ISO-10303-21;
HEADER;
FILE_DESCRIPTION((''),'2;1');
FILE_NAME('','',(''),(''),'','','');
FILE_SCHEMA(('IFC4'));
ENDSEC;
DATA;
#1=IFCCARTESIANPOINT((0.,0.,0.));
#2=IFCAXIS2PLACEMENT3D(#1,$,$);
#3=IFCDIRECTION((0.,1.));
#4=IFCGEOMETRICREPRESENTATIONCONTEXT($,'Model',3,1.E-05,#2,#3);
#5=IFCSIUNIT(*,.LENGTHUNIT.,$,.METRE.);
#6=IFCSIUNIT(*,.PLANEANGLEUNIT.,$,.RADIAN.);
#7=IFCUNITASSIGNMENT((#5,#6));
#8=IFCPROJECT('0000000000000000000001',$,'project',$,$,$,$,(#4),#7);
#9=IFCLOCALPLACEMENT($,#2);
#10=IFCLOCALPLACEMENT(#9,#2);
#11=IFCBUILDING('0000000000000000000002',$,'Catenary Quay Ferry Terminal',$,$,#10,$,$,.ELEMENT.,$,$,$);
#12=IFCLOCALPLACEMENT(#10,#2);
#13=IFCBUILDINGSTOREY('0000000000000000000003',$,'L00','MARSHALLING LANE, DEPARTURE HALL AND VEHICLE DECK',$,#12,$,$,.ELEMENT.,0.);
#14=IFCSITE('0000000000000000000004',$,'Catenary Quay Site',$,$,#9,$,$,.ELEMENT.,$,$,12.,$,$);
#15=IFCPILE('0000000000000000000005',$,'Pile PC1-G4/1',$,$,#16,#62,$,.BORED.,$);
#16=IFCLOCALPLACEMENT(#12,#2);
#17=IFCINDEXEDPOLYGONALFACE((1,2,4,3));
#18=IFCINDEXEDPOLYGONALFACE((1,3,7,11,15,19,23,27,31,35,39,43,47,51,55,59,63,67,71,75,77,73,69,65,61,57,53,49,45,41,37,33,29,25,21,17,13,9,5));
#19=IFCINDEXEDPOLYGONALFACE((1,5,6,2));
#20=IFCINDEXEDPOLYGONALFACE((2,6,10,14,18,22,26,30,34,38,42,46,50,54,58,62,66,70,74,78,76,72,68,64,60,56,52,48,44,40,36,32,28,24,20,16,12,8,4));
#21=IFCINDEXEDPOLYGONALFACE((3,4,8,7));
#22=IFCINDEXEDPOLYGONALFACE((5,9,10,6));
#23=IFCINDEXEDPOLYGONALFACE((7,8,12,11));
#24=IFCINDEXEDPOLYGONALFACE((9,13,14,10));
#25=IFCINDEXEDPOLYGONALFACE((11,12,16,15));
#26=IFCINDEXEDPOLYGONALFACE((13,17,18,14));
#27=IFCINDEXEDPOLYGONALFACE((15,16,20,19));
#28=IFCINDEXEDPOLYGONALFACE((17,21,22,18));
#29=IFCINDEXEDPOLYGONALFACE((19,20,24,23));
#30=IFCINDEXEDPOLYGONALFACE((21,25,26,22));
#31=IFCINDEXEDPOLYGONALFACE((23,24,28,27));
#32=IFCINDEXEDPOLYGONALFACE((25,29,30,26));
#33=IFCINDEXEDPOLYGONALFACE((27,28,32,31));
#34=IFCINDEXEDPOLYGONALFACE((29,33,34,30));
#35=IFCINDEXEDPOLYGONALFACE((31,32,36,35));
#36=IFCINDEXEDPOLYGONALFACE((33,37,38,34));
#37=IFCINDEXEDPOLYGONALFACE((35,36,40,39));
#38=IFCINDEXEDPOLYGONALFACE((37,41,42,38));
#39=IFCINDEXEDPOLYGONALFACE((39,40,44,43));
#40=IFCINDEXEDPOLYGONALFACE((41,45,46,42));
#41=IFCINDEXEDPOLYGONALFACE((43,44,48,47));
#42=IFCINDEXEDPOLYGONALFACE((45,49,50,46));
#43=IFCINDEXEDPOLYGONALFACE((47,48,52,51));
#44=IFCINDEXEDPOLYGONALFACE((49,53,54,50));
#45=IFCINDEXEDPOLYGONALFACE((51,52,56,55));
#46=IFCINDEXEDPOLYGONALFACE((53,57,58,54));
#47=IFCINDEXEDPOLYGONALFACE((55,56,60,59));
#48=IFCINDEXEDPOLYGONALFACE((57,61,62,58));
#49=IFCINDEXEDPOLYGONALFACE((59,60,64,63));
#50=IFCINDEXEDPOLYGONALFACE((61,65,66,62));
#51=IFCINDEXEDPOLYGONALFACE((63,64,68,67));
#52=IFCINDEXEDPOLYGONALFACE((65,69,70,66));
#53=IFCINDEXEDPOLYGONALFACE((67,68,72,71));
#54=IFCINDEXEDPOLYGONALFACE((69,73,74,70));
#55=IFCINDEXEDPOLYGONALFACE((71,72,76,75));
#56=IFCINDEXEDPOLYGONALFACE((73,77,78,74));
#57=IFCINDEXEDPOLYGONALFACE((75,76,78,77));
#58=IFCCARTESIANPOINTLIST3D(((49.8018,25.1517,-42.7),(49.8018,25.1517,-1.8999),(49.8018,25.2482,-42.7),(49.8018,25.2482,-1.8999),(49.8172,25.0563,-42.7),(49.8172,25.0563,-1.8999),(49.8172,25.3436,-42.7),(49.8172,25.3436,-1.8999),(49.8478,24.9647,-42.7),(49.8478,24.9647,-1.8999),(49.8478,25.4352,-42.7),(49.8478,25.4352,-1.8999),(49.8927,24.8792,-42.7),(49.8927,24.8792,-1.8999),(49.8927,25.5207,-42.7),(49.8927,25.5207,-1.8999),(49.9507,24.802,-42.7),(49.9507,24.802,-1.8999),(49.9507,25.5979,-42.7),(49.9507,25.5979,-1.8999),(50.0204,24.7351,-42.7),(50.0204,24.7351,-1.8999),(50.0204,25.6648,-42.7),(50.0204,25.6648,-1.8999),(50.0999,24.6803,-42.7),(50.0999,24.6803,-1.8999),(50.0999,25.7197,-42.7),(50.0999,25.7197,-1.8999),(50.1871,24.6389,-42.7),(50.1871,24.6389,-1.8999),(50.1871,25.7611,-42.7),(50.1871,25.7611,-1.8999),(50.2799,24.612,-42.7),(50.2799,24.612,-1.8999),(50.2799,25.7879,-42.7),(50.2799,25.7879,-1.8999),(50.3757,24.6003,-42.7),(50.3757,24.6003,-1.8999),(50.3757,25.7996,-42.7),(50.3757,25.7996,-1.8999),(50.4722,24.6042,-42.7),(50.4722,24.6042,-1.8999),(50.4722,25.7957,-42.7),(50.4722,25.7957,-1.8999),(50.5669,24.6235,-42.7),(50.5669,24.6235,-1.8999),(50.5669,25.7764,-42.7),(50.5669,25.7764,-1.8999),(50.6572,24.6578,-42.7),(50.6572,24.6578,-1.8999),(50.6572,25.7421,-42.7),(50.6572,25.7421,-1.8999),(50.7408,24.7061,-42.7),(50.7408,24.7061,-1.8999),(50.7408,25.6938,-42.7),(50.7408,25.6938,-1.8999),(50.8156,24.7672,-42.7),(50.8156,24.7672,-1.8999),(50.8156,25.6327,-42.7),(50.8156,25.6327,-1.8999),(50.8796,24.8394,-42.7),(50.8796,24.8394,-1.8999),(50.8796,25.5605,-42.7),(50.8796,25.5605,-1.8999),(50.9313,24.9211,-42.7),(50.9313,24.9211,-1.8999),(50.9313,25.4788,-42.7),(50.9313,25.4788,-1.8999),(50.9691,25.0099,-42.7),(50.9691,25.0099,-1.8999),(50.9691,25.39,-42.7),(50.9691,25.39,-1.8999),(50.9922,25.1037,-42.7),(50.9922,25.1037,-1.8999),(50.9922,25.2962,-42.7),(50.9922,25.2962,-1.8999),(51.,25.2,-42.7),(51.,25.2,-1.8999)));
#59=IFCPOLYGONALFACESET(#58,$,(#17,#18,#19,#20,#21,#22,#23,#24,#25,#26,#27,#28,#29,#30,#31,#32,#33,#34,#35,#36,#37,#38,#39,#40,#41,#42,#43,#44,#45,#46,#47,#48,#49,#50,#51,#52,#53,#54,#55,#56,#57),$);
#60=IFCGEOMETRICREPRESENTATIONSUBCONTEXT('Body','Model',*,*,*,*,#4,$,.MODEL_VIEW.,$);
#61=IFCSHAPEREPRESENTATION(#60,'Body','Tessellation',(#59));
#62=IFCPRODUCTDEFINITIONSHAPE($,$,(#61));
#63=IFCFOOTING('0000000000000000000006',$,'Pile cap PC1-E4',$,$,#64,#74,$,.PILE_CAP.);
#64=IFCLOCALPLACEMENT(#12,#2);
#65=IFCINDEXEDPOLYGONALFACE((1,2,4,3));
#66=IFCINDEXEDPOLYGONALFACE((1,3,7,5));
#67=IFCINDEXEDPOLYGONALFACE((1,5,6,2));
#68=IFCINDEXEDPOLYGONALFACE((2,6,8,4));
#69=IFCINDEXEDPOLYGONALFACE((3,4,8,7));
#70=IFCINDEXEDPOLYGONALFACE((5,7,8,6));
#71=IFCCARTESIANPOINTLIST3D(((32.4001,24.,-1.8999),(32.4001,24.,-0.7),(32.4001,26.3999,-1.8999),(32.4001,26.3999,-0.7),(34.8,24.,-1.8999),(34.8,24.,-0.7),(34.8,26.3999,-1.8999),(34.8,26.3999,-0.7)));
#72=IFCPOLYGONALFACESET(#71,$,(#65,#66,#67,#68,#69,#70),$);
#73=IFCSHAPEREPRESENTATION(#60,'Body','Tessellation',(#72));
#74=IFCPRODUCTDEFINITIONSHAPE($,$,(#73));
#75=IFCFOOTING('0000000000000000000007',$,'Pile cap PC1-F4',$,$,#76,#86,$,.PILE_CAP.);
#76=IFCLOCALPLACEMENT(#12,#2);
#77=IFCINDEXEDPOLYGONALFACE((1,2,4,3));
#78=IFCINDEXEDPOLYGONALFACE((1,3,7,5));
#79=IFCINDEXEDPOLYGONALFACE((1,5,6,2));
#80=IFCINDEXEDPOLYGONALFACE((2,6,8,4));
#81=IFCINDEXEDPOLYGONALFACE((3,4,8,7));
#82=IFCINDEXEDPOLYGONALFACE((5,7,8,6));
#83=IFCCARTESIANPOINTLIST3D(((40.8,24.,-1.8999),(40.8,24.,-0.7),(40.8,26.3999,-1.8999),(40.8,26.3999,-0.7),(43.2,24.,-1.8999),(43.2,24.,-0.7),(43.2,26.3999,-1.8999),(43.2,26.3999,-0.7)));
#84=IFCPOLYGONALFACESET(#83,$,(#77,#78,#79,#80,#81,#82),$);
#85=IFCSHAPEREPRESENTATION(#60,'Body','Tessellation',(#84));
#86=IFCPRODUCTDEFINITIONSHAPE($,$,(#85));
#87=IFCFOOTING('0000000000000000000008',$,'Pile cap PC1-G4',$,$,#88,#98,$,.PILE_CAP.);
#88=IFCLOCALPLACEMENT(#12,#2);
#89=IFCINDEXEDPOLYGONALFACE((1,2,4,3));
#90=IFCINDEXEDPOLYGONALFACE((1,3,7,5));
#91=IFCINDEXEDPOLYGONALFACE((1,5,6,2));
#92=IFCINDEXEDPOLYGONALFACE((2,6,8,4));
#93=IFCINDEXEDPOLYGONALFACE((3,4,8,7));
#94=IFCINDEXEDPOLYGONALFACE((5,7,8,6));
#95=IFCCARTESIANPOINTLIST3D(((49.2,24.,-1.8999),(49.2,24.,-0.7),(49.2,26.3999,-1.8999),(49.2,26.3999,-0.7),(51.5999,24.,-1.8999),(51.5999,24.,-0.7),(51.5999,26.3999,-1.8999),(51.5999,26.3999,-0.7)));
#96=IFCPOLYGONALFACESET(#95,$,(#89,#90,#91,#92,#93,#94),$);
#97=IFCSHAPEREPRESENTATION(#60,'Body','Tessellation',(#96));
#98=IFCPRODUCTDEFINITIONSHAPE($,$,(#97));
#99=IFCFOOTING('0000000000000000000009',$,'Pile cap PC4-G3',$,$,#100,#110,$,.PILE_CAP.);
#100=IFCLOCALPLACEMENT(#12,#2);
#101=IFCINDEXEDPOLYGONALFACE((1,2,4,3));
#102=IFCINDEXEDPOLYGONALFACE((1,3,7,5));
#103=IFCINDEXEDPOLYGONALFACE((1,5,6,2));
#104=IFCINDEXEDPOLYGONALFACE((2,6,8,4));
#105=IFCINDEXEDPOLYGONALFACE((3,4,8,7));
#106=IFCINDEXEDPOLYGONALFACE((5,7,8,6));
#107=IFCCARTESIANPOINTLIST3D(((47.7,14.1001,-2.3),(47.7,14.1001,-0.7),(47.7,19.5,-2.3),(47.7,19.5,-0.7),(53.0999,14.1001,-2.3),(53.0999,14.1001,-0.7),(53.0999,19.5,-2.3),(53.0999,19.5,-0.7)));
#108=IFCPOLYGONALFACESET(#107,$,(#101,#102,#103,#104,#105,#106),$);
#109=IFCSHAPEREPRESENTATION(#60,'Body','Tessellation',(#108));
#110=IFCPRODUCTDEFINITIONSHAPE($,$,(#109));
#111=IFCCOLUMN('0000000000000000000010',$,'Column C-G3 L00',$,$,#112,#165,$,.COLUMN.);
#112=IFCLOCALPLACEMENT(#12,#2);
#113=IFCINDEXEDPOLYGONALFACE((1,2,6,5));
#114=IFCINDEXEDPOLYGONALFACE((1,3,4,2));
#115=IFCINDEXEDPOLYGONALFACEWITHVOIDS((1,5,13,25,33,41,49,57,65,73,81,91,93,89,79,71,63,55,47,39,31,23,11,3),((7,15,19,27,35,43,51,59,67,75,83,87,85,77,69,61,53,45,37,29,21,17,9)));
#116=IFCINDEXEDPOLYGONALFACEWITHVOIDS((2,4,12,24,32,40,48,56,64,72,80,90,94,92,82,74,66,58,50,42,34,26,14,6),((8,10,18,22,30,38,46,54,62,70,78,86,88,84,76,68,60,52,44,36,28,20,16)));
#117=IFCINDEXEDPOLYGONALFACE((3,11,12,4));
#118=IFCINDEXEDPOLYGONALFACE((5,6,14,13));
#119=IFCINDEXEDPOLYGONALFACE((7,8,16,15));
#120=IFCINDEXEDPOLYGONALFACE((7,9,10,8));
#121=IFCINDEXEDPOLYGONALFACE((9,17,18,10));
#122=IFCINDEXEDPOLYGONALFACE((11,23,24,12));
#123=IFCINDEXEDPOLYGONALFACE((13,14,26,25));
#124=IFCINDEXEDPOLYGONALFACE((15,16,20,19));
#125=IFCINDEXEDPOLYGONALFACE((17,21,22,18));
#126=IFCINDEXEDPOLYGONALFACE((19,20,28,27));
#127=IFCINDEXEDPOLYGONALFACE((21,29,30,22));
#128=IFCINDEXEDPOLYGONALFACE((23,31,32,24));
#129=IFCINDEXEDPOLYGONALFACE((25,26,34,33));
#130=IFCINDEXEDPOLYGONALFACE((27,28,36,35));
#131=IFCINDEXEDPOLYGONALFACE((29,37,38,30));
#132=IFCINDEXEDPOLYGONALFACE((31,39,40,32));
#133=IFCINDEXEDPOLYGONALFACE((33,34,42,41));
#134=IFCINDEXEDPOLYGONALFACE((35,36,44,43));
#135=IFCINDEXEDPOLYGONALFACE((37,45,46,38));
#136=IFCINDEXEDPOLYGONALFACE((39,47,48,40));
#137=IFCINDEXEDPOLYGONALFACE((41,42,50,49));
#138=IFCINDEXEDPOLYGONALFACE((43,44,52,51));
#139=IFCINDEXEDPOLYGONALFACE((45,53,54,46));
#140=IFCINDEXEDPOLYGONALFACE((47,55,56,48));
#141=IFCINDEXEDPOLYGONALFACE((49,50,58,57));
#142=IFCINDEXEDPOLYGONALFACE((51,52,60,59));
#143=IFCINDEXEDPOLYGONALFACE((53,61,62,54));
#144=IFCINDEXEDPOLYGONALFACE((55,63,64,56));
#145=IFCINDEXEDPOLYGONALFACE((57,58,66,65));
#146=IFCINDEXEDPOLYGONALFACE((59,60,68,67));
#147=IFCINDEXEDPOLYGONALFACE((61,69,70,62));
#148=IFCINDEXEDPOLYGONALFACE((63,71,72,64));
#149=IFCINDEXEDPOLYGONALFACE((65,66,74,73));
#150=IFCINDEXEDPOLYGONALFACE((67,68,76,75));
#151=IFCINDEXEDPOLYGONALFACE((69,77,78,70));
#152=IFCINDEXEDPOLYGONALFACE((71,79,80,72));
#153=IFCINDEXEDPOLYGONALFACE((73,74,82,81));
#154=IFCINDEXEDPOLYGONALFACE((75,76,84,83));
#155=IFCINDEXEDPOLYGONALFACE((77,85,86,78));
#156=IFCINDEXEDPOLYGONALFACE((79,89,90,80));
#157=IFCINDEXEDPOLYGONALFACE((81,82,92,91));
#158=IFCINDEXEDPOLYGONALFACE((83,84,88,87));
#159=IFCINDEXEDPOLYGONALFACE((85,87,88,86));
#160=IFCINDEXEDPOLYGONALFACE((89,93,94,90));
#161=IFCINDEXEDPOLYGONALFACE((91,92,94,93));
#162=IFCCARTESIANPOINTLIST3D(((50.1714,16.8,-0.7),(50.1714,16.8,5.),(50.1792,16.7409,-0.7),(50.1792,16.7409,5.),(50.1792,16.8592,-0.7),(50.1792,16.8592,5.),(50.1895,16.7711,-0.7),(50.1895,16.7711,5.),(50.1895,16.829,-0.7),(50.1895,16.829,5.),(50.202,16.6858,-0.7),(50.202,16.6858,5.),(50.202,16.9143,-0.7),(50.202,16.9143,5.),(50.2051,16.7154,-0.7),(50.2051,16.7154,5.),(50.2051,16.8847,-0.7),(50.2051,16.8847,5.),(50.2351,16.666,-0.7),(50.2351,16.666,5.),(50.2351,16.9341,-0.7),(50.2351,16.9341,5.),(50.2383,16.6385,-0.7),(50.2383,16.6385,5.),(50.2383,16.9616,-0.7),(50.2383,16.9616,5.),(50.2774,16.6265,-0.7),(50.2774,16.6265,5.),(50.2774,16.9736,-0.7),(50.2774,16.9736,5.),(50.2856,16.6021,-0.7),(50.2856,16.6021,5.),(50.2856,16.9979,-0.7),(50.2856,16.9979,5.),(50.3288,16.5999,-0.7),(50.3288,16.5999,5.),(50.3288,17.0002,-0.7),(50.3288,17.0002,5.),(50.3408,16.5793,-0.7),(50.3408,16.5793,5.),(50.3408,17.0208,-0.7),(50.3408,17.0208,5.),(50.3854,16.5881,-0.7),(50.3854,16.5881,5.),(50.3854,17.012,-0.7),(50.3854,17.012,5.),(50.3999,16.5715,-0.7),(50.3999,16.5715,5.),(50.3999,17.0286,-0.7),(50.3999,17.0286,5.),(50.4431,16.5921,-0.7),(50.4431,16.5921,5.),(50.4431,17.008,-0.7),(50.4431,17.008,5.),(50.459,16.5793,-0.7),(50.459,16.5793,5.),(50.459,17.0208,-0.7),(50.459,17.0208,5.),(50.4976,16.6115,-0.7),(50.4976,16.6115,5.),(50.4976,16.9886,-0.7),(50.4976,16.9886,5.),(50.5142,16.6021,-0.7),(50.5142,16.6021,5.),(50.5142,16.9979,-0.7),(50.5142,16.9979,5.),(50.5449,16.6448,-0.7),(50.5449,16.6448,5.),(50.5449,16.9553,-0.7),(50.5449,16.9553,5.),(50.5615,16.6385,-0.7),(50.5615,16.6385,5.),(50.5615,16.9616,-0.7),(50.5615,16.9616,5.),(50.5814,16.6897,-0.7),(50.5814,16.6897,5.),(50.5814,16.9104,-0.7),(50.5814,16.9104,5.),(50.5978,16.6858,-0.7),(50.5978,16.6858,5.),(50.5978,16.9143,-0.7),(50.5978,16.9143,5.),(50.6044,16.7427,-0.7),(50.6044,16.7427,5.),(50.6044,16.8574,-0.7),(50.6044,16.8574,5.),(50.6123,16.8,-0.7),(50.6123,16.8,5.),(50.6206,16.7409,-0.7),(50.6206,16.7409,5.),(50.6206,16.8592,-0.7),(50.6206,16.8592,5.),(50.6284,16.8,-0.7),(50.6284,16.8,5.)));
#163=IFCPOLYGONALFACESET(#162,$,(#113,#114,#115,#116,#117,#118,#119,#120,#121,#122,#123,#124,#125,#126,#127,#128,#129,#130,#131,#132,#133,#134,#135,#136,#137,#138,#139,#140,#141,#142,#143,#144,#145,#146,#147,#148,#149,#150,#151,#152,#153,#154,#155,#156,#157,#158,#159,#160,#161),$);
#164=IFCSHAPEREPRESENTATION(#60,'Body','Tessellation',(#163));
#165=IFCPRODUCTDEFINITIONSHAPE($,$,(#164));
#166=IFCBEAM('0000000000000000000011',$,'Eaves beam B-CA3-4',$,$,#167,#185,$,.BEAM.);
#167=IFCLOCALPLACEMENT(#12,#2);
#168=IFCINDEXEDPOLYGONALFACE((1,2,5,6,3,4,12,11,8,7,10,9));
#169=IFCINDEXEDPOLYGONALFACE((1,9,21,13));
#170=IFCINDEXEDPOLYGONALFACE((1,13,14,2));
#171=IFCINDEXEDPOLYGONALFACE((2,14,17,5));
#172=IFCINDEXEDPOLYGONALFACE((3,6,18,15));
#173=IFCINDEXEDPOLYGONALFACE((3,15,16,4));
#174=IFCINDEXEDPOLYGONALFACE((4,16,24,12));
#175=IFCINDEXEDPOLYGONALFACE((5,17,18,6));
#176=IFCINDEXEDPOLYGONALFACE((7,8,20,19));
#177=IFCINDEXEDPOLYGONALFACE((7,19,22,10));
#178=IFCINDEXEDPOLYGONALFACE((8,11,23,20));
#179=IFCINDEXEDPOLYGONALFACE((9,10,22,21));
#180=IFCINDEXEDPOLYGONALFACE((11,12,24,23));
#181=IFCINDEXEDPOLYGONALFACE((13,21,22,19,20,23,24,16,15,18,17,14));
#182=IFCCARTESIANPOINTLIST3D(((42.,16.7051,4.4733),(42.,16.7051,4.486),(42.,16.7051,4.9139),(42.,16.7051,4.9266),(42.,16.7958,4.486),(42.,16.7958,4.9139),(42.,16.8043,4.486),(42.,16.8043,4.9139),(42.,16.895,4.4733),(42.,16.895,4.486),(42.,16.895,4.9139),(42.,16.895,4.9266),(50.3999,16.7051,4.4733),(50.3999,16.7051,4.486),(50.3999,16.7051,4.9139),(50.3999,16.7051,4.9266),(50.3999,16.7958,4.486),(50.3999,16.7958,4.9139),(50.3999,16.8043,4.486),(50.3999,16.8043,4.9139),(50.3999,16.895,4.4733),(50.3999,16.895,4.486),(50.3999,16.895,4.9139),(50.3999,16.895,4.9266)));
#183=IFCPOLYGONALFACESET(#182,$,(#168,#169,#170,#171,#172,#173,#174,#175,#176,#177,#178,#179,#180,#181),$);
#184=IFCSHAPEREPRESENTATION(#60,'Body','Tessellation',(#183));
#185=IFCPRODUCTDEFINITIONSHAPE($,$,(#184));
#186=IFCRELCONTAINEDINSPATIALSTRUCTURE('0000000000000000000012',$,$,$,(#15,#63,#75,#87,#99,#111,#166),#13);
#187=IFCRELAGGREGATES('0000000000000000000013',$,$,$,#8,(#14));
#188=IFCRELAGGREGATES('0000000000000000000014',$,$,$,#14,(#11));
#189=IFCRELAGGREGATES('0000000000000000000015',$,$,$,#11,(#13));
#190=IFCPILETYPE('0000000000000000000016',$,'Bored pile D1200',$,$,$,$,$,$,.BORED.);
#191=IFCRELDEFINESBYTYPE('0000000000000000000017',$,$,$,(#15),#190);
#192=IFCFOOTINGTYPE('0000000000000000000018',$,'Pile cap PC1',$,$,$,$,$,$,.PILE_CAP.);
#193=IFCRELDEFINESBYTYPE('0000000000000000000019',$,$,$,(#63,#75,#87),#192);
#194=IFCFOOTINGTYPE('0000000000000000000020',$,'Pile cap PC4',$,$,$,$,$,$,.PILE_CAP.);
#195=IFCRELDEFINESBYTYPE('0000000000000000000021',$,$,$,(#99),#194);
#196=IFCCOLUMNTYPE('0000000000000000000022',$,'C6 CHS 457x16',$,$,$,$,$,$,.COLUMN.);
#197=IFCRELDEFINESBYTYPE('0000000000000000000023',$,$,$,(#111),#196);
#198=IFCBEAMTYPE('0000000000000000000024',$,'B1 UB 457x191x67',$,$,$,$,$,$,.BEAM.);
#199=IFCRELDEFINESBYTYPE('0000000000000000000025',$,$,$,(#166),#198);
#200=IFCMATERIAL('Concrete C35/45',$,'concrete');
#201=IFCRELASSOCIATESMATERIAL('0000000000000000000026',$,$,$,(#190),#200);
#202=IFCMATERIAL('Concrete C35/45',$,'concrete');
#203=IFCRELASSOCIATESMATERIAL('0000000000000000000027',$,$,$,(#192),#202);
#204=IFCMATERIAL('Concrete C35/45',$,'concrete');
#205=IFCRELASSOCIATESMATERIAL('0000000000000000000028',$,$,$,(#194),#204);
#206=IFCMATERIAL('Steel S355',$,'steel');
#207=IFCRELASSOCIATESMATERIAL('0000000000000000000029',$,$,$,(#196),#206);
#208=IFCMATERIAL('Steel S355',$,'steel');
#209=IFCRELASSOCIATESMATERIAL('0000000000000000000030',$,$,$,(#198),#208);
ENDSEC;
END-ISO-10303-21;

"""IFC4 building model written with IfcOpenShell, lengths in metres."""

from ifc_helpers import new_model, si_unit, direction, frame, origin, origin_2d, place, context, subcontext, project, spatial, rectangle, circle, hollow_circle, i_section, extrude, material, material_profile, profile_set, type_object, element, save


model = new_model("IFC4")

# Units and contexts
model_context = context("Model", 3, precision=1e-05, world=origin(), true_north=direction((0.0, 1.0)))
body_context = subcontext(model_context, "Body", "Model", "MODEL_VIEW")
ifc_project = project(units=[si_unit("LENGTHUNIT", "METRE"), si_unit("PLANEANGLEUNIT", "RADIAN")], contexts=[model_context])

# Site, building, storey
site_placement = place(None, origin())
site = spatial("IfcSite", under=ifc_project, at=site_placement, Name="Catenary Quay Site", CompositionType="ELEMENT", RefElevation=12.0)
building_placement = place(site_placement, origin())
building = spatial("IfcBuilding", under=site, at=building_placement, Name="Catenary Quay Ferry Terminal", CompositionType="ELEMENT")
storey_placement = place(building_placement, origin())
storey = spatial("IfcBuildingStorey", under=building, at=storey_placement, Name="L00", Description="MARSHALLING LANE, DEPARTURE HALL AND VEHICLE DECK", CompositionType="ELEMENT", Elevation=0.0)

# Pile
ifc_material_1 = material(Name="Concrete C35/45", Category="concrete")
ifc_material_profile_1 = material_profile(ifc_material_1, circle(Radius=0.6001, at=origin_2d()), Name="D1200")
ifc_profile_set_1 = profile_set([ifc_material_profile_1], Name="Concrete C35/45")
pile_type = type_object("IfcPileType", Name="Bored pile D1200", PredefinedType="BORED", material=ifc_profile_set_1)
for number, where, z_axis, x_axis, name in (
    (1, (50.3999, 25.2, -1.8999), (0.0, 0.0, -1.0), (1.0, 0.0, 0.0), "Pile PC1-G4/1"),
):
    element("IfcPile", number, at=place(storey_placement, frame(where, z_axis=z_axis, x_axis=x_axis)), inside=storey, type_object=pile_type, Name=name, PredefinedType="BORED", context=body_context, shape_type="SweptSolid", body=[
        extrude(circle(Radius=0.6001, at=origin_2d()), origin(), (0.0, 0.0, 1.0), 40.8),
    ])

# Footings
ifc_material_2 = material(Name="Concrete C35/45", Category="concrete")
footing_type_1 = type_object("IfcFootingType", Name="Pile cap PC1", PredefinedType="PILE_CAP", material=ifc_material_2)
for number, where, z_axis, x_axis, name in (
    (2, (33.6001, 25.2, -1.8999), (0.0, 0.0, 1.0), (1.0, 0.0, 0.0), "Pile cap PC1-E4"),
    (3, (42.0, 25.2, -1.8999), (0.0, 0.0, 1.0), (1.0, 0.0, 0.0), "Pile cap PC1-F4"),
    (4, (50.3999, 25.2, -1.8999), (0.0, 0.0, 1.0), (1.0, 0.0, 0.0), "Pile cap PC1-G4"),
):
    element("IfcFooting", number, at=place(storey_placement, frame(where, z_axis=z_axis, x_axis=x_axis)), inside=storey, type_object=footing_type_1, Name=name, PredefinedType="PILE_CAP", context=body_context, shape_type="SweptSolid", body=[
        extrude(rectangle(XDim=2.3999, YDim=2.3999, at=origin_2d()), origin(), (0.0, 0.0, 1.0), 1.2),
    ])
ifc_material_3 = material(Name="Concrete C35/45", Category="concrete")
footing_type_2 = type_object("IfcFootingType", Name="Pile cap PC4", PredefinedType="PILE_CAP", material=ifc_material_3)
footing_placement = place(storey_placement, frame((50.3999, 16.8, -2.3), z_axis=(0.0, 0.0, 1.0), x_axis=(1.0, 0.0, 0.0)))
element("IfcFooting", 5, at=footing_placement, inside=storey, type_object=footing_type_2, Name="Pile cap PC4-G3", PredefinedType="PILE_CAP", context=body_context, shape_type="SweptSolid", body=[
    extrude(rectangle(XDim=5.3999, YDim=5.3999, at=origin_2d()), origin(), (0.0, 0.0, 1.0), 1.6001),
])

# Column
ifc_material_4 = material(Name="Steel S355", Category="steel")
ifc_material_profile_2 = material_profile(ifc_material_4, hollow_circle(Radius=0.2285, WallThickness=0.0161, at=origin_2d()), Name="CHS 457x16")
ifc_profile_set_2 = profile_set([ifc_material_profile_2], Name="Steel S355")
column_type = type_object("IfcColumnType", Name="C6 CHS 457x16", PredefinedType="COLUMN", material=ifc_profile_set_2)
column_placement = place(storey_placement, frame((50.3999, 16.8, -0.7), z_axis=(0.0, 0.0, 1.0), x_axis=(1.0, 0.0, 0.0)))
element("IfcColumn", 6, at=column_placement, inside=storey, type_object=column_type, Name="Column C-G3 L00", PredefinedType="COLUMN", context=body_context, shape_type="SweptSolid", body=[
    extrude(hollow_circle(Radius=0.2285, WallThickness=0.0161, at=origin_2d()), origin(), (0.0, 0.0, 1.0), 5.7),
])

# Beam
ifc_material_5 = material(Name="Steel S355", Category="steel")
ifc_material_profile_3 = material_profile(ifc_material_5, i_section(OverallWidth=0.1899, OverallDepth=0.4534, WebThickness=0.0085, FlangeThickness=0.0127, at=origin_2d()), Name="UB 457x191x67")
ifc_profile_set_3 = profile_set([ifc_material_profile_3], Name="Steel S355")
beam_type_1 = type_object("IfcBeamType", Name="B1 UB 457x191x67", PredefinedType="BEAM", material=ifc_profile_set_3)
beam_1_placement = place(storey_placement, frame((42.0, 16.8, 4.7), z_axis=(1.0, 0.0, 0.0), x_axis=(0.0, 1.0, 0.0)))
element("IfcBeam", 7, at=beam_1_placement, inside=storey, type_object=beam_type_1, Name="Eaves beam B-CA3-4", PredefinedType="BEAM", context=body_context, shape_type="SweptSolid", body=[
    extrude(i_section(OverallWidth=0.1899, OverallDepth=0.4534, WebThickness=0.0085, FlangeThickness=0.0127, at=origin_2d()), origin(), (0.0, 0.0, 1.0), 8.3999),
])

save(model, "model.ifc")
